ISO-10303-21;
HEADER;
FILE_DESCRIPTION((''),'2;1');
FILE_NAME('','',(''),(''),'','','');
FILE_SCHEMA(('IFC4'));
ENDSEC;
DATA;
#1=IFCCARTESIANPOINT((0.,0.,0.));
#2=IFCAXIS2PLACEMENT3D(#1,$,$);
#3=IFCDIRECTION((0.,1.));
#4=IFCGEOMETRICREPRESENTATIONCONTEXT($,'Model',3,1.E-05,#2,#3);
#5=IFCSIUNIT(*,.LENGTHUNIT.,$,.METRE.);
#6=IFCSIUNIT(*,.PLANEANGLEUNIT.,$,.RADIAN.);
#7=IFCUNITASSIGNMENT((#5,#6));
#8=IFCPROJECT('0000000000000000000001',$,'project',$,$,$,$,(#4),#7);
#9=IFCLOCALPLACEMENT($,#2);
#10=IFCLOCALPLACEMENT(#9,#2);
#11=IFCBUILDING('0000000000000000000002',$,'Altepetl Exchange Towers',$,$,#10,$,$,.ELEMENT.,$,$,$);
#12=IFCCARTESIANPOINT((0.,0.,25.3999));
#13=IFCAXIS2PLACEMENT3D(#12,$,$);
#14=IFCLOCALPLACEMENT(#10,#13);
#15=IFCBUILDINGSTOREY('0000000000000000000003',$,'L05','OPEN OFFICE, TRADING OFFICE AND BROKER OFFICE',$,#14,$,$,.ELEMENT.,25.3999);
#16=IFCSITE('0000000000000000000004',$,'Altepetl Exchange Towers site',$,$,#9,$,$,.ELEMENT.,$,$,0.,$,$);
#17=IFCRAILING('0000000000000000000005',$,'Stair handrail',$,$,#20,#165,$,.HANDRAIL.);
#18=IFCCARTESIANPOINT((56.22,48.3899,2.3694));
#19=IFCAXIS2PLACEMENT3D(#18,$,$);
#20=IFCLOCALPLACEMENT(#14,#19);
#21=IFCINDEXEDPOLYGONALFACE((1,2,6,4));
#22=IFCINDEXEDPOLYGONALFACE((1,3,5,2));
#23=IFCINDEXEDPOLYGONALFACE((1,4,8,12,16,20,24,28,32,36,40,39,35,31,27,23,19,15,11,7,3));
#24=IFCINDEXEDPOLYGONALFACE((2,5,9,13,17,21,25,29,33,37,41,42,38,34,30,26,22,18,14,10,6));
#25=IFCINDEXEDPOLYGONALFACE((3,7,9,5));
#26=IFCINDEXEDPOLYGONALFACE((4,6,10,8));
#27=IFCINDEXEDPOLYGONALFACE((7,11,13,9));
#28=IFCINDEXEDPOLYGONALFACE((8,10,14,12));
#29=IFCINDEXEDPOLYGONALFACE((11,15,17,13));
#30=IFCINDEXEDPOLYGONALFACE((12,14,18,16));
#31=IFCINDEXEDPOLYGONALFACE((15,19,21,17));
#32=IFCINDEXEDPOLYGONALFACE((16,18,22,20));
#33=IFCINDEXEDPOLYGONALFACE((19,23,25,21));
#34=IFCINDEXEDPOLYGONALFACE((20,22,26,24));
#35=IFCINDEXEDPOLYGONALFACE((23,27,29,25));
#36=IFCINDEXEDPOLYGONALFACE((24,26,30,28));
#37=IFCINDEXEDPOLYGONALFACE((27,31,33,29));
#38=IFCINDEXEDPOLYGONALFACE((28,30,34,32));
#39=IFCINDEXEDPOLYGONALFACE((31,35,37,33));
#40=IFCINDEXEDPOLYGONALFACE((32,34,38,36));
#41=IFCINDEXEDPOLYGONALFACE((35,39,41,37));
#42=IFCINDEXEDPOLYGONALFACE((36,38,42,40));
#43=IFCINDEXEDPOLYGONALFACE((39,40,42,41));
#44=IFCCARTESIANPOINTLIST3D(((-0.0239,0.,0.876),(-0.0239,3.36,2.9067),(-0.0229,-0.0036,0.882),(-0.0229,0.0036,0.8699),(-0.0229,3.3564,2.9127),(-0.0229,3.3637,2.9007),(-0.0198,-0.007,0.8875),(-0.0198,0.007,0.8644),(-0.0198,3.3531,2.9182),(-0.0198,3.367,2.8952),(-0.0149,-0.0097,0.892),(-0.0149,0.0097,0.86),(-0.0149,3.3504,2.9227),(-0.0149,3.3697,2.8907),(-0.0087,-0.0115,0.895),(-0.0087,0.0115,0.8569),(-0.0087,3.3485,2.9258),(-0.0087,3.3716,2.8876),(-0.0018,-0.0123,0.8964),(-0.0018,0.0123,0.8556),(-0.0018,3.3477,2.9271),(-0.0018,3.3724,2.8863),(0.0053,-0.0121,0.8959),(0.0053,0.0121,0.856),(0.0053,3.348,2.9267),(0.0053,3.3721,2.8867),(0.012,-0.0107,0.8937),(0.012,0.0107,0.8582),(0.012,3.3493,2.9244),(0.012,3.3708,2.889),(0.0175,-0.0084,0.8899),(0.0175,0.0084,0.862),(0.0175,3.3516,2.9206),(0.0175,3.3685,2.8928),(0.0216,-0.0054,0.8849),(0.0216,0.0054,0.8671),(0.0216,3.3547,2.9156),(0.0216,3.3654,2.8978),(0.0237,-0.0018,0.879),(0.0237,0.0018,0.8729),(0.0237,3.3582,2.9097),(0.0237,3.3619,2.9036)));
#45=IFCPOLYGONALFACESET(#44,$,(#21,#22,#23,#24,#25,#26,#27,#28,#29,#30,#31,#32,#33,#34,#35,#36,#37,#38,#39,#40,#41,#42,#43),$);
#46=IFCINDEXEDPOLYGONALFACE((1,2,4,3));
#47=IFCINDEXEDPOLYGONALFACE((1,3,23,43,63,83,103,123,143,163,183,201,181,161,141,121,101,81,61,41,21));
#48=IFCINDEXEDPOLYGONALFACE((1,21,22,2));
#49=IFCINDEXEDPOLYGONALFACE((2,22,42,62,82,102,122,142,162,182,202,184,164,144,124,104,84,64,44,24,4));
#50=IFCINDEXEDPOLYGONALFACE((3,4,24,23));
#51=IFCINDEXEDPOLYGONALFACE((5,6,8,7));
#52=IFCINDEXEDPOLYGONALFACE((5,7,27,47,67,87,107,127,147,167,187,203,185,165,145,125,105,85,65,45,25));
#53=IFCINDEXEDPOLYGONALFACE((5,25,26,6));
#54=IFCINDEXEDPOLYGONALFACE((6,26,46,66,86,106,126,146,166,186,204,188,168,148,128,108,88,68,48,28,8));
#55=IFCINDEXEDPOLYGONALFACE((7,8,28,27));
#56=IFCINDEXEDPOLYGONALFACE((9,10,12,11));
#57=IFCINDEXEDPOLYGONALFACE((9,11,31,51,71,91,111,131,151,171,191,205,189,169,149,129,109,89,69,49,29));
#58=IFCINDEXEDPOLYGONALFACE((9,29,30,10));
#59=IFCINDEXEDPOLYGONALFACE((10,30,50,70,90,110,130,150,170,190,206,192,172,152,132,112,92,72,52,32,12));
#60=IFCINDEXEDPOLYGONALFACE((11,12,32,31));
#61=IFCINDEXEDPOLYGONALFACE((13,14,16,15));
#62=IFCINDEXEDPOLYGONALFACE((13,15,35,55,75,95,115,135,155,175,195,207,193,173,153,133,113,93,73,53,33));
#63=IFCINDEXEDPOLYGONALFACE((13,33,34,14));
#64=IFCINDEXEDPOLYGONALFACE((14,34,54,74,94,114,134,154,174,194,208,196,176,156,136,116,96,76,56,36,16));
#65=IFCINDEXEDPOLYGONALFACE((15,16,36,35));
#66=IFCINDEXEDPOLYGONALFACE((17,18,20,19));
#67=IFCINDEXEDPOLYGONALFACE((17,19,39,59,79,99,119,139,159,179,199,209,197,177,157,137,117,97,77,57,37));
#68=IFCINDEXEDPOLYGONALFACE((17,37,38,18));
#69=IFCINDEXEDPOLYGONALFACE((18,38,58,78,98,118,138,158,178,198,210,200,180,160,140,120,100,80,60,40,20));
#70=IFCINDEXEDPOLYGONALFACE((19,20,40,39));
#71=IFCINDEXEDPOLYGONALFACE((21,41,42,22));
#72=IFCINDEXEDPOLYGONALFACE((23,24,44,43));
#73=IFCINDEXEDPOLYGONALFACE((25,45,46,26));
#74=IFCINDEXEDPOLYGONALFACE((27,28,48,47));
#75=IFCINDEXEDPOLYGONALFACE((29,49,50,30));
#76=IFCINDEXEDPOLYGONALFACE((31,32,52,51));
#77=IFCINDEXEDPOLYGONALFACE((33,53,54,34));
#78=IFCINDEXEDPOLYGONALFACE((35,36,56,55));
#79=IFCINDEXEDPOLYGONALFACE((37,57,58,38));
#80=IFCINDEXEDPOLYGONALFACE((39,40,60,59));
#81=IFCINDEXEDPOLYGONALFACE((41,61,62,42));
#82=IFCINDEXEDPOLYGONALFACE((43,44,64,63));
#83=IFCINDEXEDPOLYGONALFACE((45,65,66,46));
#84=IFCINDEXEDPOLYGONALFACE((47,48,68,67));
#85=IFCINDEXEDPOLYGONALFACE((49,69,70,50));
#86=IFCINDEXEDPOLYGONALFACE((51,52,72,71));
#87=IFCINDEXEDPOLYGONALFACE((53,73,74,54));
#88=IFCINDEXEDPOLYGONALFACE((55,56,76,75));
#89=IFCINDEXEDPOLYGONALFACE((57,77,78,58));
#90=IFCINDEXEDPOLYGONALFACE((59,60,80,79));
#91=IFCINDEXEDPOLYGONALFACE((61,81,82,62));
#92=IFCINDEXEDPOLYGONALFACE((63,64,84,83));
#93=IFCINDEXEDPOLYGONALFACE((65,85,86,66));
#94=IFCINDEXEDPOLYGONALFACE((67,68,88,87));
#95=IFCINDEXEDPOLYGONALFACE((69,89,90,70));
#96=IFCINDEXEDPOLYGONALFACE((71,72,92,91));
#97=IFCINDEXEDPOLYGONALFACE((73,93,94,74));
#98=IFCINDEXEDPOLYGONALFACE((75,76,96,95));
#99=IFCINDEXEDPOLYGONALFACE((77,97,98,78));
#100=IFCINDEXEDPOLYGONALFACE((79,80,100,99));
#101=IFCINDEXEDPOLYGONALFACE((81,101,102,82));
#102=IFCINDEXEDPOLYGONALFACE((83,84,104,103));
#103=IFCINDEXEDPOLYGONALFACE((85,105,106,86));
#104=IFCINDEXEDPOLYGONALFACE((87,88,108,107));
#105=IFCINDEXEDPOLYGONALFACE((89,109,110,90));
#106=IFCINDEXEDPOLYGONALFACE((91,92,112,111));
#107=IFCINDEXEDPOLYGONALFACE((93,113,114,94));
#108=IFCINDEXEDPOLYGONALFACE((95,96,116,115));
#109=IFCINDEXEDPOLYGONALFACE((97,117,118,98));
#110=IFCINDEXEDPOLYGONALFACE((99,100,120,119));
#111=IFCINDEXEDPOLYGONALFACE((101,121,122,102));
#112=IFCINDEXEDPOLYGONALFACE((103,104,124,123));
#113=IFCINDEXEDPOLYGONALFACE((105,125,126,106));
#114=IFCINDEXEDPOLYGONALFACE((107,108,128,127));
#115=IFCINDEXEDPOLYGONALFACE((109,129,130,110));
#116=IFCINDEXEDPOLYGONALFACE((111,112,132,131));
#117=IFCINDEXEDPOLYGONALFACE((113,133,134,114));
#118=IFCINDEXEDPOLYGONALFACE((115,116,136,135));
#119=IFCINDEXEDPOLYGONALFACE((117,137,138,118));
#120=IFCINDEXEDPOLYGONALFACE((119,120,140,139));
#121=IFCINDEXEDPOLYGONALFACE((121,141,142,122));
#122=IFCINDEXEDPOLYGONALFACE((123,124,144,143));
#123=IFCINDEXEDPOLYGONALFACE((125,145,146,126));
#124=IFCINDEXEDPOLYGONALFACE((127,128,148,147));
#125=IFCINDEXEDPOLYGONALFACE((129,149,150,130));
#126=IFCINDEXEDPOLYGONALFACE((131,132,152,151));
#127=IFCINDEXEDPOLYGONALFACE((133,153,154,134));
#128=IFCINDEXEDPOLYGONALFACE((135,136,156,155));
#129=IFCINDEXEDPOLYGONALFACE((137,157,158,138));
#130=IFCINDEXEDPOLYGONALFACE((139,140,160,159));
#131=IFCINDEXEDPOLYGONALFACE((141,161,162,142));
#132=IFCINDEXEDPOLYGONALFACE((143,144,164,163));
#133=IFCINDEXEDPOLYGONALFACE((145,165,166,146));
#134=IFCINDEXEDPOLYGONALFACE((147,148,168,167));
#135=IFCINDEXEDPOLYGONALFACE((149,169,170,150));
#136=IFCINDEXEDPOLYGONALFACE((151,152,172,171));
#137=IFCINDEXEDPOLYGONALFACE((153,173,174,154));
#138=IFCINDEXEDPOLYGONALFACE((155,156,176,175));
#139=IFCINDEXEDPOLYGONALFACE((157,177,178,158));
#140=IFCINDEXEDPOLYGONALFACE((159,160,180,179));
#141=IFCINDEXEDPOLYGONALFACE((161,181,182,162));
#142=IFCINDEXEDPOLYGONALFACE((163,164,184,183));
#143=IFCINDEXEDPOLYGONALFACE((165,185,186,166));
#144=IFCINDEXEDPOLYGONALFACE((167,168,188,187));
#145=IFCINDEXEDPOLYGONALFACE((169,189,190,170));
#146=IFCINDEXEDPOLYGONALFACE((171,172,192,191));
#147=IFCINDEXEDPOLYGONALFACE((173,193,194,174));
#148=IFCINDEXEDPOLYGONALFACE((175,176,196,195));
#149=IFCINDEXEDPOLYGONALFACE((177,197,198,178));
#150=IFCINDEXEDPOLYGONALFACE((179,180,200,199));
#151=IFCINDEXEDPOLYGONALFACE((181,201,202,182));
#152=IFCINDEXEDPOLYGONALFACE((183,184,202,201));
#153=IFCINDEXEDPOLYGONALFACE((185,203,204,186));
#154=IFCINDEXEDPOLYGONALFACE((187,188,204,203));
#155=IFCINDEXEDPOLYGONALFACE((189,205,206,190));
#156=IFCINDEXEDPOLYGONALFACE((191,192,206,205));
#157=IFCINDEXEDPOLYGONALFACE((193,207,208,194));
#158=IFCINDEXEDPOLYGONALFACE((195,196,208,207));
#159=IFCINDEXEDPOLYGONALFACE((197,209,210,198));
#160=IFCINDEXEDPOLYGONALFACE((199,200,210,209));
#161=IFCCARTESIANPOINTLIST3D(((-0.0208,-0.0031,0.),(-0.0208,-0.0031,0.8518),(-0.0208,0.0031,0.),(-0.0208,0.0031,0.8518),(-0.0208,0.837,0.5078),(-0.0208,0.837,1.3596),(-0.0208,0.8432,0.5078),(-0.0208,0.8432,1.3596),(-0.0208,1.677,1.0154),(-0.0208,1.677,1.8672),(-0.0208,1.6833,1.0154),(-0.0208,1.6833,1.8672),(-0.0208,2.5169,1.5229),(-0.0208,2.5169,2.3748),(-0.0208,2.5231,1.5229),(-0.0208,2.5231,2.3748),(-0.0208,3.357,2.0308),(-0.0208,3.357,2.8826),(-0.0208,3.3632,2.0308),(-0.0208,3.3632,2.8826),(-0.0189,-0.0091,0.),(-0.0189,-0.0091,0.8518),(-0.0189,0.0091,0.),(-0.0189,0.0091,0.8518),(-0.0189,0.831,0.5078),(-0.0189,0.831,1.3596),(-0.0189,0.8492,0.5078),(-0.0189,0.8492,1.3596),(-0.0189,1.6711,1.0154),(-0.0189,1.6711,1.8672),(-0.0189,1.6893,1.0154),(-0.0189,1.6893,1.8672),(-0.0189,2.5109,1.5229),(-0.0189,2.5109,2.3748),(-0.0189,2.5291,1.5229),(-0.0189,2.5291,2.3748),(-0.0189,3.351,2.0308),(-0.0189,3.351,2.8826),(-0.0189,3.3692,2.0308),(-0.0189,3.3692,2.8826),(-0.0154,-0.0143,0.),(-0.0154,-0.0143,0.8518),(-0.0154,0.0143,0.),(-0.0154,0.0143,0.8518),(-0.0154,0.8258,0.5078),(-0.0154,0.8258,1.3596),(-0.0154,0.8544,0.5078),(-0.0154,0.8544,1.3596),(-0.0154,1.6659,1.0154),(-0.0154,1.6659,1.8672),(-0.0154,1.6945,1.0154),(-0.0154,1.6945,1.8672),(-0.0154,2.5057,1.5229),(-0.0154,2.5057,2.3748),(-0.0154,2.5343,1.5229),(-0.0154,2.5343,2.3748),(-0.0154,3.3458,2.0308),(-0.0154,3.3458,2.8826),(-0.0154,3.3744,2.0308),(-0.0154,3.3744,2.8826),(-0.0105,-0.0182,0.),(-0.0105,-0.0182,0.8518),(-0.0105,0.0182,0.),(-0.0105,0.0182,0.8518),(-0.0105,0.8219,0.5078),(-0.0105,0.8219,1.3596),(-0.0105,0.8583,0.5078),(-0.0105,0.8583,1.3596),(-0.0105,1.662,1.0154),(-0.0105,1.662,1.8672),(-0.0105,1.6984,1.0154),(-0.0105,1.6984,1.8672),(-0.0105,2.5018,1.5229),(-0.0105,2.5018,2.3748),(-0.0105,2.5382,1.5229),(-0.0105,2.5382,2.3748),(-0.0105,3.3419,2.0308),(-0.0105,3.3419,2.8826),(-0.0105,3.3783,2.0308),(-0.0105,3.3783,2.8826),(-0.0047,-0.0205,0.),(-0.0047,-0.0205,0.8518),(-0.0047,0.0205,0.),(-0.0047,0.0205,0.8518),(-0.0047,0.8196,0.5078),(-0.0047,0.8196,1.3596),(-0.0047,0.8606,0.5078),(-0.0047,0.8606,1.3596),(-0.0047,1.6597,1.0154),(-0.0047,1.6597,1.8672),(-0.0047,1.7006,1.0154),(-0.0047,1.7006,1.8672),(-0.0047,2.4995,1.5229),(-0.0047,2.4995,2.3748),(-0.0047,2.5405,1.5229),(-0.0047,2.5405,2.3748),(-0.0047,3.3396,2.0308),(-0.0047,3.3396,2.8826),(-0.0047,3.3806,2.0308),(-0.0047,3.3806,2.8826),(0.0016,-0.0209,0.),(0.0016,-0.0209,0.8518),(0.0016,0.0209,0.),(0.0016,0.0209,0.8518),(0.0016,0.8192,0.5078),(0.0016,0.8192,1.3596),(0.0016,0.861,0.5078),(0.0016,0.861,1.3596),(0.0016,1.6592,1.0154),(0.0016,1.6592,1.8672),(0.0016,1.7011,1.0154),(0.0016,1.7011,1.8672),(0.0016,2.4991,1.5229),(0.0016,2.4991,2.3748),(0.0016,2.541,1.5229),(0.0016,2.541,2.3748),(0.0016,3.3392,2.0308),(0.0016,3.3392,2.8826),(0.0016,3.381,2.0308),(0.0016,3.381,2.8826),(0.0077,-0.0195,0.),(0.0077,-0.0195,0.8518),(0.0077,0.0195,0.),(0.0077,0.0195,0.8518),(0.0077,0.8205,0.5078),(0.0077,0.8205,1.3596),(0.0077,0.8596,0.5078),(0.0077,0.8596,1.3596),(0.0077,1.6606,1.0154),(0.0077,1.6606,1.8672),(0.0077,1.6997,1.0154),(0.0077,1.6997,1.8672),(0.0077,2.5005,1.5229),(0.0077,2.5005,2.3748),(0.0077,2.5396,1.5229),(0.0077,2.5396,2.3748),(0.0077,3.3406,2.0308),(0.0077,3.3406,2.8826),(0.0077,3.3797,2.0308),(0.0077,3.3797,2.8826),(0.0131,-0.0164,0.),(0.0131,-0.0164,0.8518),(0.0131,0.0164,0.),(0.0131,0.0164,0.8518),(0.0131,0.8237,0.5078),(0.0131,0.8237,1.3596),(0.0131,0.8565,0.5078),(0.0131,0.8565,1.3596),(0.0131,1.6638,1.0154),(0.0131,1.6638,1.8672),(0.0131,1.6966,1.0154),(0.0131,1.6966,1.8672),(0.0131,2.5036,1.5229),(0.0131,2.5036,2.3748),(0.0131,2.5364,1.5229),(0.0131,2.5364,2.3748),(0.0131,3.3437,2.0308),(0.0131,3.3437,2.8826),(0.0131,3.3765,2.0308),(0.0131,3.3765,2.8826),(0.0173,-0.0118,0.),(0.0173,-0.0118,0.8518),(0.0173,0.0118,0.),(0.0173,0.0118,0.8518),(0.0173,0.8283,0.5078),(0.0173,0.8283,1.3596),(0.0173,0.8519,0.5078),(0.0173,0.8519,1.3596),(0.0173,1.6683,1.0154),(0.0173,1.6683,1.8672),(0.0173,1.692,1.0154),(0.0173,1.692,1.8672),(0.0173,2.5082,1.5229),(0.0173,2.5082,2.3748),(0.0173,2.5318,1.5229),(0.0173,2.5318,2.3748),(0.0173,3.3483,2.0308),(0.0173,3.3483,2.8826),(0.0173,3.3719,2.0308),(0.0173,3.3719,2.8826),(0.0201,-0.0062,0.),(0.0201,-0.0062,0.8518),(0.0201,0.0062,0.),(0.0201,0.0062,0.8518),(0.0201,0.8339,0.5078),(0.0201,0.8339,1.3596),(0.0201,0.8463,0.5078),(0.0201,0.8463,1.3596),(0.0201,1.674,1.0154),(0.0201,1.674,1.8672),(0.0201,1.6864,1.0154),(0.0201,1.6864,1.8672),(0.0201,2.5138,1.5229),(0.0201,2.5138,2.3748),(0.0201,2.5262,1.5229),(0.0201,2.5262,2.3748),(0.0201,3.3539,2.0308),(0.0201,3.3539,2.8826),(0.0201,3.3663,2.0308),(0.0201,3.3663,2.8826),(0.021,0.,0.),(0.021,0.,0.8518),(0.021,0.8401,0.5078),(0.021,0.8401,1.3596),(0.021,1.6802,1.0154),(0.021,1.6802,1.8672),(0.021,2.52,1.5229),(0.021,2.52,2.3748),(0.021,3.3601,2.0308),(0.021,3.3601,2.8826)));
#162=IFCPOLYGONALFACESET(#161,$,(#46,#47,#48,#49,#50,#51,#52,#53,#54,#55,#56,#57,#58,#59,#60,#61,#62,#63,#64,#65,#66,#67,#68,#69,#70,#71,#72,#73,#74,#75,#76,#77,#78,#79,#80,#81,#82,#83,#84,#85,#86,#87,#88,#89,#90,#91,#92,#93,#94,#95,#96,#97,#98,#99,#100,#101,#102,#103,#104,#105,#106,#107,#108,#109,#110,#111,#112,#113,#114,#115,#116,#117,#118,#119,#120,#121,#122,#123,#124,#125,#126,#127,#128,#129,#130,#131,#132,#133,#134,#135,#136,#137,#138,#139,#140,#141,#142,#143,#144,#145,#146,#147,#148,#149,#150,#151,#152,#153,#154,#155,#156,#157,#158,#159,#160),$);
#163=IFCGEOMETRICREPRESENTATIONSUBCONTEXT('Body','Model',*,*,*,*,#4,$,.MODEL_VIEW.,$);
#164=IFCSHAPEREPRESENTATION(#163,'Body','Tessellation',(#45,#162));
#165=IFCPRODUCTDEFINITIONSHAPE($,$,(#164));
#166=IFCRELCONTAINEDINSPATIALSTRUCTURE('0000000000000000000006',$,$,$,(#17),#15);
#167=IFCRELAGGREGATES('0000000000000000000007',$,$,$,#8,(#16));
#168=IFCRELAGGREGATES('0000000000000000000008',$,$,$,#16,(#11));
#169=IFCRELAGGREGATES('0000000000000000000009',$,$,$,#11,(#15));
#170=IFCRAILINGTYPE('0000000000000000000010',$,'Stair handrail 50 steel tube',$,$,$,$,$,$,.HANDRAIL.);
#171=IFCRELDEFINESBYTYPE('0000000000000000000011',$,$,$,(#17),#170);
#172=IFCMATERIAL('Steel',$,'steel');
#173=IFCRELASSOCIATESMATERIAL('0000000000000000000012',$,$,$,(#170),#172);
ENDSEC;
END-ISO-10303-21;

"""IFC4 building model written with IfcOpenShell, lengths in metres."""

from ifc_helpers import new_model, si_unit, direction, frame, origin, origin_2d, place, context, subcontext, project, spatial, circle, extrude, source, transform, mapped, material, type_object, element, save


model = new_model("IFC4")

# Units and contexts
model_context = context("Model", 3, precision=1e-05, world=origin(), true_north=direction((0.0, 1.0)))
body_context = subcontext(model_context, "Body", "Model", "MODEL_VIEW")
ifc_project = project(units=[si_unit("LENGTHUNIT", "METRE"), si_unit("PLANEANGLEUNIT", "RADIAN")], contexts=[model_context])

# Site, building, storey
site_placement = place(None, origin())
site = spatial("IfcSite", under=ifc_project, at=site_placement, Name="Altepetl Exchange Towers site", CompositionType="ELEMENT", RefElevation=0.0)
building_placement = place(site_placement, origin())
building = spatial("IfcBuilding", under=site, at=building_placement, Name="Altepetl Exchange Towers", CompositionType="ELEMENT")
storey_placement = place(building_placement, frame((0.0, 0.0, 25.3999)))
storey = spatial("IfcBuildingStorey", under=building, at=storey_placement, Name="L05", Description="OPEN OFFICE, TRADING OFFICE AND BROKER OFFICE", CompositionType="ELEMENT", Elevation=25.3999)

# Railing
ifc_material_1 = material(Name="Steel", Category="steel")
railing_type = type_object("IfcRailingType", Name="Stair handrail 50 steel tube", PredefinedType="HANDRAIL", material=ifc_material_1)
shared_shape = source(origin(), body_context, "Body", "SweptSolid", [
    extrude(circle(Radius=0.021, at=origin_2d()), origin(), (0.0, 0.0, 1.0), 0.8518),
])
railing_1_placement = place(storey_placement, frame((56.22, 48.3899, 2.3694)))
element("IfcRailing", 1, at=railing_1_placement, inside=storey, type_object=railing_type, Name="Stair handrail", PredefinedType="HANDRAIL", context=body_context, shape_type="SweptSolid", body=[
    extrude(circle(Radius=0.0239, at=origin_2d()), frame((0.0, 0.0, 0.876), z_axis=(0.0, 0.855837, 0.517246), x_axis=(-1.0, 0.0, 0.0)), (0.0, 0.0, 1.0), 3.926),
    mapped(shared_shape, transform((0.0, 0.0, 0.0))),
    mapped(shared_shape, transform((0.0, 0.8401, 0.5078))),
    mapped(shared_shape, transform((0.0, 1.6802, 1.0154))),
    mapped(shared_shape, transform((0.0, 2.52, 1.5229))),
    mapped(shared_shape, transform((0.0, 3.3601, 2.0308))),
])

save(model, "model.ifc")
